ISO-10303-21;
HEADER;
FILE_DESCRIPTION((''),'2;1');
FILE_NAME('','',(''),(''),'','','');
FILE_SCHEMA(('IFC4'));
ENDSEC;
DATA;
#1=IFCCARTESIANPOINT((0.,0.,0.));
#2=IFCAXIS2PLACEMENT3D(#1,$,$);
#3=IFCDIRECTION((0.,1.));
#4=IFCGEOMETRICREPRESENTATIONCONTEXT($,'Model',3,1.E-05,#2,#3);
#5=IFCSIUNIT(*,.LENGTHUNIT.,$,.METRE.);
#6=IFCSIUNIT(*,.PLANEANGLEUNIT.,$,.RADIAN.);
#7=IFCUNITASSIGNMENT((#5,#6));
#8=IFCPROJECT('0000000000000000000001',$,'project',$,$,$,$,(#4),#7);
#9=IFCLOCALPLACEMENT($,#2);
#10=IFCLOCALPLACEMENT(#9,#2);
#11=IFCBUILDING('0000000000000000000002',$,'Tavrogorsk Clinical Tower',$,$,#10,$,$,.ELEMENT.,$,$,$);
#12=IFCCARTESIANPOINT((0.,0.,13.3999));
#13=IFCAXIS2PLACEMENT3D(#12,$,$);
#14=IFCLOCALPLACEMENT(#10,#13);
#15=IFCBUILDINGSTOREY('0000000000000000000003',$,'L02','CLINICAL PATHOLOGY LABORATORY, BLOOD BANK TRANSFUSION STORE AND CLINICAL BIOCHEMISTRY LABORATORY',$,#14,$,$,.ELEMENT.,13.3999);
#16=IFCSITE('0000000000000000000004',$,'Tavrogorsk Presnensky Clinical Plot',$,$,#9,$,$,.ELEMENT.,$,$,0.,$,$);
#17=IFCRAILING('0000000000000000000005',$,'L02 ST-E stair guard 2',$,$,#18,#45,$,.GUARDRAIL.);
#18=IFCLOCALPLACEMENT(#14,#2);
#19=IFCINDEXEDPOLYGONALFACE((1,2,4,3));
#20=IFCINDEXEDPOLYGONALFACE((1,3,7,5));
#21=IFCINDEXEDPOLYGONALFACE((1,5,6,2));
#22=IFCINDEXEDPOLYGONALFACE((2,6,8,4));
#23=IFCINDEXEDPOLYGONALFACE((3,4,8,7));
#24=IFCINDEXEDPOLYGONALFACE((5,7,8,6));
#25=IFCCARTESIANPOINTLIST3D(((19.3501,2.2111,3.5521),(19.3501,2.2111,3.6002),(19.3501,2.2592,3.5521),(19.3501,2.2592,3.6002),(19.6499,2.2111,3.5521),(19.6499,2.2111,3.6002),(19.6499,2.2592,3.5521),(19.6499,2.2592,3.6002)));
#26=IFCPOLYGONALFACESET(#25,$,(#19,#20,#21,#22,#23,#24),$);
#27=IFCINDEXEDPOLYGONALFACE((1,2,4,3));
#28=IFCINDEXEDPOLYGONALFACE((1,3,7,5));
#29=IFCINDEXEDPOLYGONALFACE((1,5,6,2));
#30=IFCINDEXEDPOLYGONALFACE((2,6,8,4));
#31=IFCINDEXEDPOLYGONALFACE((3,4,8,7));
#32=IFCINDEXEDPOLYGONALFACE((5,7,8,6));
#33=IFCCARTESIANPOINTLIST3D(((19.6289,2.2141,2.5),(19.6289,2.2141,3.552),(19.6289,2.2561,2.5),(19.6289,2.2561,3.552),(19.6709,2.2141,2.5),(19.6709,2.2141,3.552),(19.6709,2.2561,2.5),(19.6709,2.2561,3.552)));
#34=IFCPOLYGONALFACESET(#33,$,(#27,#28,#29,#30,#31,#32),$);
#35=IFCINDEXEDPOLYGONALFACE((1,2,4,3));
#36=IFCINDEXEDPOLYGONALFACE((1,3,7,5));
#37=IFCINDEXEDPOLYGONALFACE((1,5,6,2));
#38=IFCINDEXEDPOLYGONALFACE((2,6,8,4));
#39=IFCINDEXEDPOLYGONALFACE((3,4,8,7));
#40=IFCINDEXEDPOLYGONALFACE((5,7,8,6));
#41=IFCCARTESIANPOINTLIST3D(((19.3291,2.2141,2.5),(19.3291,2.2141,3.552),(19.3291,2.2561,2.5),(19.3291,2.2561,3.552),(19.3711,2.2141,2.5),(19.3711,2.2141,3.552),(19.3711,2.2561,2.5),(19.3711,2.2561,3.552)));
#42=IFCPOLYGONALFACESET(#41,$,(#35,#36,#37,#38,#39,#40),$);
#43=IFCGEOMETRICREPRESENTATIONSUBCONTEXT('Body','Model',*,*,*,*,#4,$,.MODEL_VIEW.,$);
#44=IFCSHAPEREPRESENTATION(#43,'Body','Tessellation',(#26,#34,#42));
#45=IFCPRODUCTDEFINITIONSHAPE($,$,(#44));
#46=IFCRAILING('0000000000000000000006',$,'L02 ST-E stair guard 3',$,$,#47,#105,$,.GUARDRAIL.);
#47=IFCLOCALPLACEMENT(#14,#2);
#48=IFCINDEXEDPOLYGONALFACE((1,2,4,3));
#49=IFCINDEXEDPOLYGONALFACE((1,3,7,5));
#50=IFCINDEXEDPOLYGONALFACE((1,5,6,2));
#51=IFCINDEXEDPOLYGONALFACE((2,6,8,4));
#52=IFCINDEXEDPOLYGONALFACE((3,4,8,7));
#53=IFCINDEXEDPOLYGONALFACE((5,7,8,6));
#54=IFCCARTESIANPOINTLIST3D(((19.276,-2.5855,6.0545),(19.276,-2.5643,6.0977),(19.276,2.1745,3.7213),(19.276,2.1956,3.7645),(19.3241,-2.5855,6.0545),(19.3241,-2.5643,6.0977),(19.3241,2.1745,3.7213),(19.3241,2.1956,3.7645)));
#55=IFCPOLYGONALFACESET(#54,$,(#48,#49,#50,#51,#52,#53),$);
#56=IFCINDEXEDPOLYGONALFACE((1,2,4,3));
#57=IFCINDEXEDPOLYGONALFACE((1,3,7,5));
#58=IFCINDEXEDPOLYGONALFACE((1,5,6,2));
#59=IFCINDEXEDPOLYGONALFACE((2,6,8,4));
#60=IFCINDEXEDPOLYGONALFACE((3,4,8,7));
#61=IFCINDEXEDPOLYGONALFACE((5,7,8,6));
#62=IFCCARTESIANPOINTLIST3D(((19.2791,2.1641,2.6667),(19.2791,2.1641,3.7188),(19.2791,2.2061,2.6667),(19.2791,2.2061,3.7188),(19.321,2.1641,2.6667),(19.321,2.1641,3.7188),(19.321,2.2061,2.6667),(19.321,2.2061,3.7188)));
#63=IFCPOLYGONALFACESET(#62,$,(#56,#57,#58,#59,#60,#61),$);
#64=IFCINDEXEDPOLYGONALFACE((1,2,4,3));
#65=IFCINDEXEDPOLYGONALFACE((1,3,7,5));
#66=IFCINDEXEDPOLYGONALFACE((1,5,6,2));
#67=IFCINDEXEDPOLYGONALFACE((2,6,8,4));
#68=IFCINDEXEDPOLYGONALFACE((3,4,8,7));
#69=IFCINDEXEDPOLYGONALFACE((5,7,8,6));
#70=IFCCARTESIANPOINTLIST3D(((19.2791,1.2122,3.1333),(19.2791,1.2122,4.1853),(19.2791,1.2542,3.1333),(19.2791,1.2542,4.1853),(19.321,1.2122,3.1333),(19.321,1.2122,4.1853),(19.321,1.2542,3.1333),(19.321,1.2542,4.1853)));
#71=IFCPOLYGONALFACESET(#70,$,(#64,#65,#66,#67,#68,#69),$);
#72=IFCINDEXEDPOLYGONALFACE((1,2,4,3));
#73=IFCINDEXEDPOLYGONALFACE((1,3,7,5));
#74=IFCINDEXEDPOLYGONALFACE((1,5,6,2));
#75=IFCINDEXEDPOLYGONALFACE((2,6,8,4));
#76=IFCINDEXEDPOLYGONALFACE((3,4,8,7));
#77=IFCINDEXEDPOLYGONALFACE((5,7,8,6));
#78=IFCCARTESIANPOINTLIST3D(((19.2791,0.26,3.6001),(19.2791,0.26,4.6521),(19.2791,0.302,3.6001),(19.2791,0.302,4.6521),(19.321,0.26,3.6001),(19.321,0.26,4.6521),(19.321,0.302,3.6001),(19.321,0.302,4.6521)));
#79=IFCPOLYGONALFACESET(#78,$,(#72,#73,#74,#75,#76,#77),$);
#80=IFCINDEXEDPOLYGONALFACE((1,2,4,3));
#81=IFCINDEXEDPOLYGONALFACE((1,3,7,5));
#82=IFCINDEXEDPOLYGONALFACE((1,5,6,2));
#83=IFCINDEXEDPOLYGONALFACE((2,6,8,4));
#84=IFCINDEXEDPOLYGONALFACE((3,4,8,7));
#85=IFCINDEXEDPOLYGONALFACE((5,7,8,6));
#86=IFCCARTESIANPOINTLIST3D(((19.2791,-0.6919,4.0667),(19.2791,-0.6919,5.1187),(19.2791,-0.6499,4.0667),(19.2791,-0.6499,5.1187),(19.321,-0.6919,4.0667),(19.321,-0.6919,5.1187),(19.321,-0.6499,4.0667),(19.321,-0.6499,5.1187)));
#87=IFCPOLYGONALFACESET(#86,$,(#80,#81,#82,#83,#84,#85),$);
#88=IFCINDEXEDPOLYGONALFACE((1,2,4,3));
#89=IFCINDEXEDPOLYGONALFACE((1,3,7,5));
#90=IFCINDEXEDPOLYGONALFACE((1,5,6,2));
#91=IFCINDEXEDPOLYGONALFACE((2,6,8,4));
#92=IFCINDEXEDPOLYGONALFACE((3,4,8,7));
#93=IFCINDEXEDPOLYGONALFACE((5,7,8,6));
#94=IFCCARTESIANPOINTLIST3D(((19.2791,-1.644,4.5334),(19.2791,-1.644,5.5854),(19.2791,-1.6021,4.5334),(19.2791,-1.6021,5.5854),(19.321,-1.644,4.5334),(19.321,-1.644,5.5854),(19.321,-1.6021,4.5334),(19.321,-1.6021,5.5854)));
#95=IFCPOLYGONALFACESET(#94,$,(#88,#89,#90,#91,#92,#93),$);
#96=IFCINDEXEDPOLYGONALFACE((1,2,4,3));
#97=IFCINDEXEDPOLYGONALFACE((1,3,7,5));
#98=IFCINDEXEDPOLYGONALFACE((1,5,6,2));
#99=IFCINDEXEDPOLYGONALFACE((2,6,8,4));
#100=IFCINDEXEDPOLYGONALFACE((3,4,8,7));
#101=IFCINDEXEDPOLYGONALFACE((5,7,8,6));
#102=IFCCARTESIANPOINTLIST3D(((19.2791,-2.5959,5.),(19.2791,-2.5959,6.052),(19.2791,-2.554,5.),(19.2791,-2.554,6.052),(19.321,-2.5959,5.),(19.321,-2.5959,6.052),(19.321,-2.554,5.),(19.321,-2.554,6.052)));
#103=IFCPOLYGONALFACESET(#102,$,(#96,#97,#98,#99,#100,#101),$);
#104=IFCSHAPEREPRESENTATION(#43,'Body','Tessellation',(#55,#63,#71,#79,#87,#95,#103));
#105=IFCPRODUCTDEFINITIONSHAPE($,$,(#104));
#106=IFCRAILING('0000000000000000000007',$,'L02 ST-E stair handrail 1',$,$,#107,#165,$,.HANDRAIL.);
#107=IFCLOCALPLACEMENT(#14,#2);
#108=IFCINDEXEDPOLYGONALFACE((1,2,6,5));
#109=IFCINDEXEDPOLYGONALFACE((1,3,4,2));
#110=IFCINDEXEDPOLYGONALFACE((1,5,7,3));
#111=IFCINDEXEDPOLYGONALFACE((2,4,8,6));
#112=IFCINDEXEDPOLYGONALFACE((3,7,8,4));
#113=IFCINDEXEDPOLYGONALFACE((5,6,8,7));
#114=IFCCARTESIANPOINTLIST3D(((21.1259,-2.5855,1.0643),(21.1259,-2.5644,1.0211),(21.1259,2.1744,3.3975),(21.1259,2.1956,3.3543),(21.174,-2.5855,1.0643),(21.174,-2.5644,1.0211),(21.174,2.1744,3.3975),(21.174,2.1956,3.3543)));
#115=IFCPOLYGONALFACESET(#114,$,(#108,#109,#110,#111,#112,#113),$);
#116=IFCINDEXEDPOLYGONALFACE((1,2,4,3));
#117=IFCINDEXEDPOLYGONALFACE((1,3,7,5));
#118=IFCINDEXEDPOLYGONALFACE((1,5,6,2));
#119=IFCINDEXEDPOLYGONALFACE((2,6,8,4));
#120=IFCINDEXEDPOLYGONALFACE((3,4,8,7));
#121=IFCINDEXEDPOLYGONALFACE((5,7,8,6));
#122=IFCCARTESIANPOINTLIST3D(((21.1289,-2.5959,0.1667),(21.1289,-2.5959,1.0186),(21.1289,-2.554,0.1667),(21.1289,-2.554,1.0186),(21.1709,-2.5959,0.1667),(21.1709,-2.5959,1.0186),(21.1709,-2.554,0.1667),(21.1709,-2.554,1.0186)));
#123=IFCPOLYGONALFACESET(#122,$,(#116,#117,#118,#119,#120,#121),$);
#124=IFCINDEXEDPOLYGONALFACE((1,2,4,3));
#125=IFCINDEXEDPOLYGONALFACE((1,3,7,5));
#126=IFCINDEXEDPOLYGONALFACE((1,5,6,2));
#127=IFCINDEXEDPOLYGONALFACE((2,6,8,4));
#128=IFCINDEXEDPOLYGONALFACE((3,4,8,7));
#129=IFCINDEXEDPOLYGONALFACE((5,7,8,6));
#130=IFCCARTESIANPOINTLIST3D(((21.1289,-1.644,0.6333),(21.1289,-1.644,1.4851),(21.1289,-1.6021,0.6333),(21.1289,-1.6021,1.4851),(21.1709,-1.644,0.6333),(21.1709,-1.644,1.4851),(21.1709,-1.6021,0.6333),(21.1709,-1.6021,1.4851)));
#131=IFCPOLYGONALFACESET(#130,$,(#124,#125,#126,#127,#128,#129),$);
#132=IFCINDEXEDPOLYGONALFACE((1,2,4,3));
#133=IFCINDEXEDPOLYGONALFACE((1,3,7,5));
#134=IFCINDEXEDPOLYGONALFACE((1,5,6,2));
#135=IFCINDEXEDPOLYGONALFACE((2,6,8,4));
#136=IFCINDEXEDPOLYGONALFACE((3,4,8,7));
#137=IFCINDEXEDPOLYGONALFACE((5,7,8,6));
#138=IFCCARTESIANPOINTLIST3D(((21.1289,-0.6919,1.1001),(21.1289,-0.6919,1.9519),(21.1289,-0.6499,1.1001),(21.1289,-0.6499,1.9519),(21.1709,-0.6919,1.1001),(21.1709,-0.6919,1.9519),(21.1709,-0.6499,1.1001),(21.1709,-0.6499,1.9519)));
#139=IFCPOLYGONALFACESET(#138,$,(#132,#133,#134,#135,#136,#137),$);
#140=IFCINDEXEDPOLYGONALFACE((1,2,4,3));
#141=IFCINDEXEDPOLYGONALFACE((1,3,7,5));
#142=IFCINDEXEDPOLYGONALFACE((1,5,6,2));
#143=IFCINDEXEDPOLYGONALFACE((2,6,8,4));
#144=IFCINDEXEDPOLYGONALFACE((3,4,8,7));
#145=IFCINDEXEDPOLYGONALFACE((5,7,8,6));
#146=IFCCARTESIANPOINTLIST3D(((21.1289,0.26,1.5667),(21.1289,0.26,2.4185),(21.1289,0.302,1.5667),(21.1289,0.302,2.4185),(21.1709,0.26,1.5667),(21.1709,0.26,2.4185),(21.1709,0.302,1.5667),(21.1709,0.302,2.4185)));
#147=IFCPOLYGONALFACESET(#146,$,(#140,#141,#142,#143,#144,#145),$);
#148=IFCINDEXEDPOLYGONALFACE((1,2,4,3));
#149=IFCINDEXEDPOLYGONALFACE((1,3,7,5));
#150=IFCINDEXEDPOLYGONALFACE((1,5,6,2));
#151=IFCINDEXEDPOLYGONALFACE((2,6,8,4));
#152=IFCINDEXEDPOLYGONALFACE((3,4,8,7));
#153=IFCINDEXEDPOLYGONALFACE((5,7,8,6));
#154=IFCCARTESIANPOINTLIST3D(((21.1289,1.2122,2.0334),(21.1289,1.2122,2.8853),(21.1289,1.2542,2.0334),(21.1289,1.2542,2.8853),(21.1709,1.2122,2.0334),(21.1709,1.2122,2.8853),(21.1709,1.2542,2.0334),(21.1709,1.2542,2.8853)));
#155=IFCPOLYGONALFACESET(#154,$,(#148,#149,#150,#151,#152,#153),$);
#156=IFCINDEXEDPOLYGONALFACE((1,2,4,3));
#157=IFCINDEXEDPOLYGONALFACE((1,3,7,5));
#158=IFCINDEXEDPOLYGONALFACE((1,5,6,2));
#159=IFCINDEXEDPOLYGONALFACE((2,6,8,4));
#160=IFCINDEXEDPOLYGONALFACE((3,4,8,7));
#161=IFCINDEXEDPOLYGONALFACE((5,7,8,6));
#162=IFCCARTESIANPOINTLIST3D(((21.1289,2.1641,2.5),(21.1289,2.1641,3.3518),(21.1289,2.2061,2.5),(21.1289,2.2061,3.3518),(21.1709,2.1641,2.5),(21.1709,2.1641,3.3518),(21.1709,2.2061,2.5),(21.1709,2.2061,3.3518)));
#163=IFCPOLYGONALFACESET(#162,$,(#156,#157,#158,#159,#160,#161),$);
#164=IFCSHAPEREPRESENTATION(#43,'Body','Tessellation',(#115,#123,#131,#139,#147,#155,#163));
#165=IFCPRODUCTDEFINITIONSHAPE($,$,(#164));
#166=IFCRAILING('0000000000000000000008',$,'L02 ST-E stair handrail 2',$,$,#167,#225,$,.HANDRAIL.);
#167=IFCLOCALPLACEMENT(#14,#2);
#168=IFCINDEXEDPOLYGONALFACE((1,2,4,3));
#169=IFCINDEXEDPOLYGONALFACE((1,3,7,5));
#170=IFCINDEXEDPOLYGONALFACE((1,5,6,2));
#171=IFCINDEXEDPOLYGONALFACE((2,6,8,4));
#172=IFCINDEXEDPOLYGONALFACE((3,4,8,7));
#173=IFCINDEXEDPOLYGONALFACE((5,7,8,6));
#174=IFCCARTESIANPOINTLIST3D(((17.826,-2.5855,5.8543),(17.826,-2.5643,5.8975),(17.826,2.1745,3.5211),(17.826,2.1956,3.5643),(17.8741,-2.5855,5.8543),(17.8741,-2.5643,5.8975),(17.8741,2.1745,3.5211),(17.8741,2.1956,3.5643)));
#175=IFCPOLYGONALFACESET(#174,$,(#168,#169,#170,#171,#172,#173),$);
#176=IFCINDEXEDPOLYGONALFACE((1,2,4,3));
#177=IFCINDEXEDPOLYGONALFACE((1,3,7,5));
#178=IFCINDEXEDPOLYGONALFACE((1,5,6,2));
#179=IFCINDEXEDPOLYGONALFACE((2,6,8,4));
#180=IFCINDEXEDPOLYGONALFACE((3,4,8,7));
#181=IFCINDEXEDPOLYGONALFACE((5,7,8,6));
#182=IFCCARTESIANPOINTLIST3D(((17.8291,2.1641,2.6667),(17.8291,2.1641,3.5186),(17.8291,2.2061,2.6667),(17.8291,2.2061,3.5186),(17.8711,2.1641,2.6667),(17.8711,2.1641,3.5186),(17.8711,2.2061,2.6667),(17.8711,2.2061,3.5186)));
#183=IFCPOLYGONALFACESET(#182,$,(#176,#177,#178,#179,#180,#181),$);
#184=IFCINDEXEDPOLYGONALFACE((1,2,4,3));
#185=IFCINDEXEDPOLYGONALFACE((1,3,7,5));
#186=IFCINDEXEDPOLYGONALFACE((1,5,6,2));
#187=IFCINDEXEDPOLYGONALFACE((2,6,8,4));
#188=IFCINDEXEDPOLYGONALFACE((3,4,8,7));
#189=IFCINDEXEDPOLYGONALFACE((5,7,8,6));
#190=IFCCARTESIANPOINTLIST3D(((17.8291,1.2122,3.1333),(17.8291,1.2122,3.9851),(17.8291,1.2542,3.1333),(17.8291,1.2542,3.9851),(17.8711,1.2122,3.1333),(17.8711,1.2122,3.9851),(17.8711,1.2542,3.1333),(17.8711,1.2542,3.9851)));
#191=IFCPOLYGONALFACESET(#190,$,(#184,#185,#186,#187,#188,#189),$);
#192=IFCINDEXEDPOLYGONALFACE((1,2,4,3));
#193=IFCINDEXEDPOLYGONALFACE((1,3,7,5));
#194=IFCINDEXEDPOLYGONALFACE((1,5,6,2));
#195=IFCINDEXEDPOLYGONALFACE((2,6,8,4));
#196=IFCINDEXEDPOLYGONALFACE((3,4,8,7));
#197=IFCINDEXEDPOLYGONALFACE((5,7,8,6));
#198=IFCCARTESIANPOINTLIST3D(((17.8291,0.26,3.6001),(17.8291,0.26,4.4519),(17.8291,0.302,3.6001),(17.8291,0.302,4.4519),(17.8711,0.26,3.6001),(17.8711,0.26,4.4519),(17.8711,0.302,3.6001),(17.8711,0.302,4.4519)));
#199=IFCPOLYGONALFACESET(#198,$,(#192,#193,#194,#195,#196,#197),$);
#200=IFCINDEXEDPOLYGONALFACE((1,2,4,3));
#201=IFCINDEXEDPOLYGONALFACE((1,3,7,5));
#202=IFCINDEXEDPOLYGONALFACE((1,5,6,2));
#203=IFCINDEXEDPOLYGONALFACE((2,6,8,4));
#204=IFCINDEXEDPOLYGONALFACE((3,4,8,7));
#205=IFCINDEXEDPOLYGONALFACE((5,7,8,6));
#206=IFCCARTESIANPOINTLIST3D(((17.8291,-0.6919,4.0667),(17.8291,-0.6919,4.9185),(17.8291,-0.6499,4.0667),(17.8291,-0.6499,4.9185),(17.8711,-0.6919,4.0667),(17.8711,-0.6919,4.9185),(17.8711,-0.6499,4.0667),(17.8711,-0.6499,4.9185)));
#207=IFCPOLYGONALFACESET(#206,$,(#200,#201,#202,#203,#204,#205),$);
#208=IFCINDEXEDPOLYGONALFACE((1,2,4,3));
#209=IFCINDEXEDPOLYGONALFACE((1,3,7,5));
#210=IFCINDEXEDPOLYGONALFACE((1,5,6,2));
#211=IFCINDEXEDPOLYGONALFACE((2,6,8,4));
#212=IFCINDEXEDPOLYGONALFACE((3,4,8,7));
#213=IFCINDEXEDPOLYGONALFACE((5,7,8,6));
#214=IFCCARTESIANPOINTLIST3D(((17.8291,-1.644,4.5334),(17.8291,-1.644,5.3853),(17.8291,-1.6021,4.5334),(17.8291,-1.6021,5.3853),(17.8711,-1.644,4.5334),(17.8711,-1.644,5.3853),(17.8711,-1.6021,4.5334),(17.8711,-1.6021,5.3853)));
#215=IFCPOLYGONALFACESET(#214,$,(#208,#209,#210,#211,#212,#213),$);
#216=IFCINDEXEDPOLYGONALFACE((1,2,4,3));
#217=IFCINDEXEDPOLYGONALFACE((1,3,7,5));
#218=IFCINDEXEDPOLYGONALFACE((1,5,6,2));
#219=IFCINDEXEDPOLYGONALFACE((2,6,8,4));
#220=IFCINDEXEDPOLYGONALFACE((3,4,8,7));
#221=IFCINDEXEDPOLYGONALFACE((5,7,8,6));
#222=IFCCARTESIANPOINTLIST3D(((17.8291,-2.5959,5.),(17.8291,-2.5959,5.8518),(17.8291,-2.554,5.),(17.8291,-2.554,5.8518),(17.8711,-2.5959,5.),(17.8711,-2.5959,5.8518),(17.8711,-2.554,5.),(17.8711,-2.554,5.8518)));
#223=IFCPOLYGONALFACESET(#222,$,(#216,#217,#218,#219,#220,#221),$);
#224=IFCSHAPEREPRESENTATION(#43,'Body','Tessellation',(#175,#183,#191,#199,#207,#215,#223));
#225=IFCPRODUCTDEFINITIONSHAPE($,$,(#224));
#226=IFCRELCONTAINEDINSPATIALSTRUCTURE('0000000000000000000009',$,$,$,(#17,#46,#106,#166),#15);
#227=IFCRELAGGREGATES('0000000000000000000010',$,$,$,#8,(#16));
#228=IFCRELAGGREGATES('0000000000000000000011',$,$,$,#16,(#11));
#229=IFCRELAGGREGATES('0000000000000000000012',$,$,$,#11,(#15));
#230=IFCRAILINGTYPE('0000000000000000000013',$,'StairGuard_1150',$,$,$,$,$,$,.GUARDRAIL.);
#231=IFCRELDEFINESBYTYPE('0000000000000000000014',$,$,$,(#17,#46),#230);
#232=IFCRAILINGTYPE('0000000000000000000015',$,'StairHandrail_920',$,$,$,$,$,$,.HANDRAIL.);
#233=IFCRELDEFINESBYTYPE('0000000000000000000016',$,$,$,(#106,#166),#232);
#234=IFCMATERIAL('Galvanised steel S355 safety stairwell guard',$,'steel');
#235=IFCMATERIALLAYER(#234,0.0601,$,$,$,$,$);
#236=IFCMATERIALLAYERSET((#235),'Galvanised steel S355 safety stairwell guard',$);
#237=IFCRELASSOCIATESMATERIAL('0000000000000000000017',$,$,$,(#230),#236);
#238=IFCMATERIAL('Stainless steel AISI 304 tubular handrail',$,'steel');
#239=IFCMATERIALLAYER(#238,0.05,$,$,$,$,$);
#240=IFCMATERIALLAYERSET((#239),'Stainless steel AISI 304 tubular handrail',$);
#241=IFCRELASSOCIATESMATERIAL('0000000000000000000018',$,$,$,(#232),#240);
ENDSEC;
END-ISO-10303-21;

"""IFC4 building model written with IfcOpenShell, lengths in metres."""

from ifc_helpers import new_model, si_unit, direction, frame, origin, origin_2d, place, context, subcontext, project, spatial, rectangle, extrude, material, layer, layer_set, type_object, element, save


model = new_model("IFC4")

# Units and contexts
model_context = context("Model", 3, precision=1e-05, world=origin(), true_north=direction((0.0, 1.0)))
body_context = subcontext(model_context, "Body", "Model", "MODEL_VIEW")
ifc_project = project(units=[si_unit("LENGTHUNIT", "METRE"), si_unit("PLANEANGLEUNIT", "RADIAN")], contexts=[model_context])

# Site, building, storey
site_placement = place(None, origin())
site = spatial("IfcSite", under=ifc_project, at=site_placement, Name="Tavrogorsk Presnensky Clinical Plot", CompositionType="ELEMENT", RefElevation=0.0)
building_placement = place(site_placement, origin())
building = spatial("IfcBuilding", under=site, at=building_placement, Name="Tavrogorsk Clinical Tower", CompositionType="ELEMENT")
storey_placement = place(building_placement, frame((0.0, 0.0, 13.3999)))
storey = spatial("IfcBuildingStorey", under=building, at=storey_placement, Name="L02", Description="CLINICAL PATHOLOGY LABORATORY, BLOOD BANK TRANSFUSION STORE AND CLINICAL BIOCHEMISTRY LABORATORY", CompositionType="ELEMENT", Elevation=13.3999)

# Railings
ifc_material_1 = material(Name="Galvanised steel S355 safety stairwell guard", Category="steel")
ifc_layer_1 = layer(ifc_material_1, 0.0601)
ifc_layer_set_1 = layer_set([ifc_layer_1], Name="Galvanised steel S355 safety stairwell guard")
railing_type_1 = type_object("IfcRailingType", Name="StairGuard_1150", PredefinedType="GUARDRAIL", material=ifc_layer_set_1)
railing_1_placement = place(storey_placement, frame((19.6499, 2.2351, 2.5)))
element("IfcRailing", 1, at=railing_1_placement, inside=storey, type_object=railing_type_1, Name="L02 ST-E stair guard 2", PredefinedType="GUARDRAIL", context=body_context, shape_type="SweptSolid", body=[
    extrude(rectangle(XDim=0.0481, YDim=0.0481, at=origin_2d()), frame((0.0, 0.0, 1.0762), z_axis=(-1.0, 0.0, 0.0), x_axis=(0.0, -1.0, 0.0)), (0.0, 0.0, 1.0), 0.2998),
    extrude(rectangle(XDim=0.042, YDim=0.042, at=origin_2d()), origin(), (0.0, 0.0, 1.0), 1.052),
    extrude(rectangle(XDim=0.042, YDim=0.042, at=origin_2d()), frame((-0.2998, 0.0, 0.0)), (0.0, 0.0, 1.0), 1.052),
])
railing_2_placement = place(storey_placement, frame((19.3, 2.1851, 2.6667)))
element("IfcRailing", 2, at=railing_2_placement, inside=storey, type_object=railing_type_1, Name="L02 ST-E stair guard 3", PredefinedType="GUARDRAIL", context=body_context, shape_type="SweptSolid", body=[
    extrude(rectangle(XDim=0.0481, YDim=0.0481, at=origin_2d()), frame((0.0, 0.0, 1.0762), z_axis=(0.0, -0.897927, 0.440144), x_axis=(1.0, 0.0, 0.0)), (0.0, 0.0, 1.0), 5.301),
    extrude(rectangle(XDim=0.042, YDim=0.042, at=origin_2d()), origin(), (0.0, 0.0, 1.0), 1.052),
    extrude(rectangle(XDim=0.042, YDim=0.042, at=origin_2d()), frame((0.0, -0.9519, 0.4666)), (0.0, 0.0, 1.0), 1.052),
    extrude(rectangle(XDim=0.042, YDim=0.042, at=origin_2d()), frame((0.0, -1.9041, 0.9333)), (0.0, 0.0, 1.0), 1.052),
    extrude(rectangle(XDim=0.042, YDim=0.042, at=origin_2d()), frame((0.0, -2.856, 1.3999)), (0.0, 0.0, 1.0), 1.052),
    extrude(rectangle(XDim=0.042, YDim=0.042, at=origin_2d()), frame((0.0, -3.8081, 1.8667)), (0.0, 0.0, 1.0), 1.052),
    extrude(rectangle(XDim=0.042, YDim=0.042, at=origin_2d()), frame((0.0, -4.76, 2.3333)), (0.0, 0.0, 1.0), 1.052),
])
ifc_material_2 = material(Name="Stainless steel AISI 304 tubular handrail", Category="steel")
ifc_layer_2 = layer(ifc_material_2, 0.05)
ifc_layer_set_2 = layer_set([ifc_layer_2], Name="Stainless steel AISI 304 tubular handrail")
railing_type_2 = type_object("IfcRailingType", Name="StairHandrail_920", PredefinedType="HANDRAIL", material=ifc_layer_set_2)
railing_3_placement = place(storey_placement, frame((21.1499, -2.575, 0.1667)))
element("IfcRailing", 3, at=railing_3_placement, inside=storey, type_object=railing_type_2, Name="L02 ST-E stair handrail 1", PredefinedType="HANDRAIL", context=body_context, shape_type="SweptSolid", body=[
    extrude(rectangle(XDim=0.0481, YDim=0.0481, at=origin_2d()), frame((0.0, 0.0, 0.876), z_axis=(0.0, 0.897927, 0.440144), x_axis=(-1.0, 0.0, 0.0)), (0.0, 0.0, 1.0), 5.301),
    extrude(rectangle(XDim=0.042, YDim=0.042, at=origin_2d()), origin(), (0.0, 0.0, 1.0), 0.8518),
    extrude(rectangle(XDim=0.042, YDim=0.042, at=origin_2d()), frame((0.0, 0.9519, 0.4666)), (0.0, 0.0, 1.0), 0.8518),
    extrude(rectangle(XDim=0.042, YDim=0.042, at=origin_2d()), frame((0.0, 1.9041, 0.9333)), (0.0, 0.0, 1.0), 0.8518),
    extrude(rectangle(XDim=0.042, YDim=0.042, at=origin_2d()), frame((0.0, 2.856, 1.3999)), (0.0, 0.0, 1.0), 0.8518),
    extrude(rectangle(XDim=0.042, YDim=0.042, at=origin_2d()), frame((0.0, 3.8081, 1.8667)), (0.0, 0.0, 1.0), 0.8518),
    extrude(rectangle(XDim=0.042, YDim=0.042, at=origin_2d()), frame((0.0, 4.76, 2.3333)), (0.0, 0.0, 1.0), 0.8518),
])
railing_4_placement = place(storey_placement, frame((17.8501, 2.1851, 2.6667)))
element("IfcRailing", 4, at=railing_4_placement, inside=storey, type_object=railing_type_2, Name="L02 ST-E stair handrail 2", PredefinedType="HANDRAIL", context=body_context, shape_type="SweptSolid", body=[
    extrude(rectangle(XDim=0.0481, YDim=0.0481, at=origin_2d()), frame((0.0, 0.0, 0.876), z_axis=(0.0, -0.897927, 0.440144), x_axis=(1.0, 0.0, 0.0)), (0.0, 0.0, 1.0), 5.301),
    extrude(rectangle(XDim=0.042, YDim=0.042, at=origin_2d()), origin(), (0.0, 0.0, 1.0), 0.8518),
    extrude(rectangle(XDim=0.042, YDim=0.042, at=origin_2d()), frame((0.0, -0.9519, 0.4666)), (0.0, 0.0, 1.0), 0.8518),
    extrude(rectangle(XDim=0.042, YDim=0.042, at=origin_2d()), frame((0.0, -1.9041, 0.9333)), (0.0, 0.0, 1.0), 0.8518),
    extrude(rectangle(XDim=0.042, YDim=0.042, at=origin_2d()), frame((0.0, -2.856, 1.3999)), (0.0, 0.0, 1.0), 0.8518),
    extrude(rectangle(XDim=0.042, YDim=0.042, at=origin_2d()), frame((0.0, -3.8081, 1.8667)), (0.0, 0.0, 1.0), 0.8518),
    extrude(rectangle(XDim=0.042, YDim=0.042, at=origin_2d()), frame((0.0, -4.76, 2.3333)), (0.0, 0.0, 1.0), 0.8518),
])

save(model, "model.ifc")
